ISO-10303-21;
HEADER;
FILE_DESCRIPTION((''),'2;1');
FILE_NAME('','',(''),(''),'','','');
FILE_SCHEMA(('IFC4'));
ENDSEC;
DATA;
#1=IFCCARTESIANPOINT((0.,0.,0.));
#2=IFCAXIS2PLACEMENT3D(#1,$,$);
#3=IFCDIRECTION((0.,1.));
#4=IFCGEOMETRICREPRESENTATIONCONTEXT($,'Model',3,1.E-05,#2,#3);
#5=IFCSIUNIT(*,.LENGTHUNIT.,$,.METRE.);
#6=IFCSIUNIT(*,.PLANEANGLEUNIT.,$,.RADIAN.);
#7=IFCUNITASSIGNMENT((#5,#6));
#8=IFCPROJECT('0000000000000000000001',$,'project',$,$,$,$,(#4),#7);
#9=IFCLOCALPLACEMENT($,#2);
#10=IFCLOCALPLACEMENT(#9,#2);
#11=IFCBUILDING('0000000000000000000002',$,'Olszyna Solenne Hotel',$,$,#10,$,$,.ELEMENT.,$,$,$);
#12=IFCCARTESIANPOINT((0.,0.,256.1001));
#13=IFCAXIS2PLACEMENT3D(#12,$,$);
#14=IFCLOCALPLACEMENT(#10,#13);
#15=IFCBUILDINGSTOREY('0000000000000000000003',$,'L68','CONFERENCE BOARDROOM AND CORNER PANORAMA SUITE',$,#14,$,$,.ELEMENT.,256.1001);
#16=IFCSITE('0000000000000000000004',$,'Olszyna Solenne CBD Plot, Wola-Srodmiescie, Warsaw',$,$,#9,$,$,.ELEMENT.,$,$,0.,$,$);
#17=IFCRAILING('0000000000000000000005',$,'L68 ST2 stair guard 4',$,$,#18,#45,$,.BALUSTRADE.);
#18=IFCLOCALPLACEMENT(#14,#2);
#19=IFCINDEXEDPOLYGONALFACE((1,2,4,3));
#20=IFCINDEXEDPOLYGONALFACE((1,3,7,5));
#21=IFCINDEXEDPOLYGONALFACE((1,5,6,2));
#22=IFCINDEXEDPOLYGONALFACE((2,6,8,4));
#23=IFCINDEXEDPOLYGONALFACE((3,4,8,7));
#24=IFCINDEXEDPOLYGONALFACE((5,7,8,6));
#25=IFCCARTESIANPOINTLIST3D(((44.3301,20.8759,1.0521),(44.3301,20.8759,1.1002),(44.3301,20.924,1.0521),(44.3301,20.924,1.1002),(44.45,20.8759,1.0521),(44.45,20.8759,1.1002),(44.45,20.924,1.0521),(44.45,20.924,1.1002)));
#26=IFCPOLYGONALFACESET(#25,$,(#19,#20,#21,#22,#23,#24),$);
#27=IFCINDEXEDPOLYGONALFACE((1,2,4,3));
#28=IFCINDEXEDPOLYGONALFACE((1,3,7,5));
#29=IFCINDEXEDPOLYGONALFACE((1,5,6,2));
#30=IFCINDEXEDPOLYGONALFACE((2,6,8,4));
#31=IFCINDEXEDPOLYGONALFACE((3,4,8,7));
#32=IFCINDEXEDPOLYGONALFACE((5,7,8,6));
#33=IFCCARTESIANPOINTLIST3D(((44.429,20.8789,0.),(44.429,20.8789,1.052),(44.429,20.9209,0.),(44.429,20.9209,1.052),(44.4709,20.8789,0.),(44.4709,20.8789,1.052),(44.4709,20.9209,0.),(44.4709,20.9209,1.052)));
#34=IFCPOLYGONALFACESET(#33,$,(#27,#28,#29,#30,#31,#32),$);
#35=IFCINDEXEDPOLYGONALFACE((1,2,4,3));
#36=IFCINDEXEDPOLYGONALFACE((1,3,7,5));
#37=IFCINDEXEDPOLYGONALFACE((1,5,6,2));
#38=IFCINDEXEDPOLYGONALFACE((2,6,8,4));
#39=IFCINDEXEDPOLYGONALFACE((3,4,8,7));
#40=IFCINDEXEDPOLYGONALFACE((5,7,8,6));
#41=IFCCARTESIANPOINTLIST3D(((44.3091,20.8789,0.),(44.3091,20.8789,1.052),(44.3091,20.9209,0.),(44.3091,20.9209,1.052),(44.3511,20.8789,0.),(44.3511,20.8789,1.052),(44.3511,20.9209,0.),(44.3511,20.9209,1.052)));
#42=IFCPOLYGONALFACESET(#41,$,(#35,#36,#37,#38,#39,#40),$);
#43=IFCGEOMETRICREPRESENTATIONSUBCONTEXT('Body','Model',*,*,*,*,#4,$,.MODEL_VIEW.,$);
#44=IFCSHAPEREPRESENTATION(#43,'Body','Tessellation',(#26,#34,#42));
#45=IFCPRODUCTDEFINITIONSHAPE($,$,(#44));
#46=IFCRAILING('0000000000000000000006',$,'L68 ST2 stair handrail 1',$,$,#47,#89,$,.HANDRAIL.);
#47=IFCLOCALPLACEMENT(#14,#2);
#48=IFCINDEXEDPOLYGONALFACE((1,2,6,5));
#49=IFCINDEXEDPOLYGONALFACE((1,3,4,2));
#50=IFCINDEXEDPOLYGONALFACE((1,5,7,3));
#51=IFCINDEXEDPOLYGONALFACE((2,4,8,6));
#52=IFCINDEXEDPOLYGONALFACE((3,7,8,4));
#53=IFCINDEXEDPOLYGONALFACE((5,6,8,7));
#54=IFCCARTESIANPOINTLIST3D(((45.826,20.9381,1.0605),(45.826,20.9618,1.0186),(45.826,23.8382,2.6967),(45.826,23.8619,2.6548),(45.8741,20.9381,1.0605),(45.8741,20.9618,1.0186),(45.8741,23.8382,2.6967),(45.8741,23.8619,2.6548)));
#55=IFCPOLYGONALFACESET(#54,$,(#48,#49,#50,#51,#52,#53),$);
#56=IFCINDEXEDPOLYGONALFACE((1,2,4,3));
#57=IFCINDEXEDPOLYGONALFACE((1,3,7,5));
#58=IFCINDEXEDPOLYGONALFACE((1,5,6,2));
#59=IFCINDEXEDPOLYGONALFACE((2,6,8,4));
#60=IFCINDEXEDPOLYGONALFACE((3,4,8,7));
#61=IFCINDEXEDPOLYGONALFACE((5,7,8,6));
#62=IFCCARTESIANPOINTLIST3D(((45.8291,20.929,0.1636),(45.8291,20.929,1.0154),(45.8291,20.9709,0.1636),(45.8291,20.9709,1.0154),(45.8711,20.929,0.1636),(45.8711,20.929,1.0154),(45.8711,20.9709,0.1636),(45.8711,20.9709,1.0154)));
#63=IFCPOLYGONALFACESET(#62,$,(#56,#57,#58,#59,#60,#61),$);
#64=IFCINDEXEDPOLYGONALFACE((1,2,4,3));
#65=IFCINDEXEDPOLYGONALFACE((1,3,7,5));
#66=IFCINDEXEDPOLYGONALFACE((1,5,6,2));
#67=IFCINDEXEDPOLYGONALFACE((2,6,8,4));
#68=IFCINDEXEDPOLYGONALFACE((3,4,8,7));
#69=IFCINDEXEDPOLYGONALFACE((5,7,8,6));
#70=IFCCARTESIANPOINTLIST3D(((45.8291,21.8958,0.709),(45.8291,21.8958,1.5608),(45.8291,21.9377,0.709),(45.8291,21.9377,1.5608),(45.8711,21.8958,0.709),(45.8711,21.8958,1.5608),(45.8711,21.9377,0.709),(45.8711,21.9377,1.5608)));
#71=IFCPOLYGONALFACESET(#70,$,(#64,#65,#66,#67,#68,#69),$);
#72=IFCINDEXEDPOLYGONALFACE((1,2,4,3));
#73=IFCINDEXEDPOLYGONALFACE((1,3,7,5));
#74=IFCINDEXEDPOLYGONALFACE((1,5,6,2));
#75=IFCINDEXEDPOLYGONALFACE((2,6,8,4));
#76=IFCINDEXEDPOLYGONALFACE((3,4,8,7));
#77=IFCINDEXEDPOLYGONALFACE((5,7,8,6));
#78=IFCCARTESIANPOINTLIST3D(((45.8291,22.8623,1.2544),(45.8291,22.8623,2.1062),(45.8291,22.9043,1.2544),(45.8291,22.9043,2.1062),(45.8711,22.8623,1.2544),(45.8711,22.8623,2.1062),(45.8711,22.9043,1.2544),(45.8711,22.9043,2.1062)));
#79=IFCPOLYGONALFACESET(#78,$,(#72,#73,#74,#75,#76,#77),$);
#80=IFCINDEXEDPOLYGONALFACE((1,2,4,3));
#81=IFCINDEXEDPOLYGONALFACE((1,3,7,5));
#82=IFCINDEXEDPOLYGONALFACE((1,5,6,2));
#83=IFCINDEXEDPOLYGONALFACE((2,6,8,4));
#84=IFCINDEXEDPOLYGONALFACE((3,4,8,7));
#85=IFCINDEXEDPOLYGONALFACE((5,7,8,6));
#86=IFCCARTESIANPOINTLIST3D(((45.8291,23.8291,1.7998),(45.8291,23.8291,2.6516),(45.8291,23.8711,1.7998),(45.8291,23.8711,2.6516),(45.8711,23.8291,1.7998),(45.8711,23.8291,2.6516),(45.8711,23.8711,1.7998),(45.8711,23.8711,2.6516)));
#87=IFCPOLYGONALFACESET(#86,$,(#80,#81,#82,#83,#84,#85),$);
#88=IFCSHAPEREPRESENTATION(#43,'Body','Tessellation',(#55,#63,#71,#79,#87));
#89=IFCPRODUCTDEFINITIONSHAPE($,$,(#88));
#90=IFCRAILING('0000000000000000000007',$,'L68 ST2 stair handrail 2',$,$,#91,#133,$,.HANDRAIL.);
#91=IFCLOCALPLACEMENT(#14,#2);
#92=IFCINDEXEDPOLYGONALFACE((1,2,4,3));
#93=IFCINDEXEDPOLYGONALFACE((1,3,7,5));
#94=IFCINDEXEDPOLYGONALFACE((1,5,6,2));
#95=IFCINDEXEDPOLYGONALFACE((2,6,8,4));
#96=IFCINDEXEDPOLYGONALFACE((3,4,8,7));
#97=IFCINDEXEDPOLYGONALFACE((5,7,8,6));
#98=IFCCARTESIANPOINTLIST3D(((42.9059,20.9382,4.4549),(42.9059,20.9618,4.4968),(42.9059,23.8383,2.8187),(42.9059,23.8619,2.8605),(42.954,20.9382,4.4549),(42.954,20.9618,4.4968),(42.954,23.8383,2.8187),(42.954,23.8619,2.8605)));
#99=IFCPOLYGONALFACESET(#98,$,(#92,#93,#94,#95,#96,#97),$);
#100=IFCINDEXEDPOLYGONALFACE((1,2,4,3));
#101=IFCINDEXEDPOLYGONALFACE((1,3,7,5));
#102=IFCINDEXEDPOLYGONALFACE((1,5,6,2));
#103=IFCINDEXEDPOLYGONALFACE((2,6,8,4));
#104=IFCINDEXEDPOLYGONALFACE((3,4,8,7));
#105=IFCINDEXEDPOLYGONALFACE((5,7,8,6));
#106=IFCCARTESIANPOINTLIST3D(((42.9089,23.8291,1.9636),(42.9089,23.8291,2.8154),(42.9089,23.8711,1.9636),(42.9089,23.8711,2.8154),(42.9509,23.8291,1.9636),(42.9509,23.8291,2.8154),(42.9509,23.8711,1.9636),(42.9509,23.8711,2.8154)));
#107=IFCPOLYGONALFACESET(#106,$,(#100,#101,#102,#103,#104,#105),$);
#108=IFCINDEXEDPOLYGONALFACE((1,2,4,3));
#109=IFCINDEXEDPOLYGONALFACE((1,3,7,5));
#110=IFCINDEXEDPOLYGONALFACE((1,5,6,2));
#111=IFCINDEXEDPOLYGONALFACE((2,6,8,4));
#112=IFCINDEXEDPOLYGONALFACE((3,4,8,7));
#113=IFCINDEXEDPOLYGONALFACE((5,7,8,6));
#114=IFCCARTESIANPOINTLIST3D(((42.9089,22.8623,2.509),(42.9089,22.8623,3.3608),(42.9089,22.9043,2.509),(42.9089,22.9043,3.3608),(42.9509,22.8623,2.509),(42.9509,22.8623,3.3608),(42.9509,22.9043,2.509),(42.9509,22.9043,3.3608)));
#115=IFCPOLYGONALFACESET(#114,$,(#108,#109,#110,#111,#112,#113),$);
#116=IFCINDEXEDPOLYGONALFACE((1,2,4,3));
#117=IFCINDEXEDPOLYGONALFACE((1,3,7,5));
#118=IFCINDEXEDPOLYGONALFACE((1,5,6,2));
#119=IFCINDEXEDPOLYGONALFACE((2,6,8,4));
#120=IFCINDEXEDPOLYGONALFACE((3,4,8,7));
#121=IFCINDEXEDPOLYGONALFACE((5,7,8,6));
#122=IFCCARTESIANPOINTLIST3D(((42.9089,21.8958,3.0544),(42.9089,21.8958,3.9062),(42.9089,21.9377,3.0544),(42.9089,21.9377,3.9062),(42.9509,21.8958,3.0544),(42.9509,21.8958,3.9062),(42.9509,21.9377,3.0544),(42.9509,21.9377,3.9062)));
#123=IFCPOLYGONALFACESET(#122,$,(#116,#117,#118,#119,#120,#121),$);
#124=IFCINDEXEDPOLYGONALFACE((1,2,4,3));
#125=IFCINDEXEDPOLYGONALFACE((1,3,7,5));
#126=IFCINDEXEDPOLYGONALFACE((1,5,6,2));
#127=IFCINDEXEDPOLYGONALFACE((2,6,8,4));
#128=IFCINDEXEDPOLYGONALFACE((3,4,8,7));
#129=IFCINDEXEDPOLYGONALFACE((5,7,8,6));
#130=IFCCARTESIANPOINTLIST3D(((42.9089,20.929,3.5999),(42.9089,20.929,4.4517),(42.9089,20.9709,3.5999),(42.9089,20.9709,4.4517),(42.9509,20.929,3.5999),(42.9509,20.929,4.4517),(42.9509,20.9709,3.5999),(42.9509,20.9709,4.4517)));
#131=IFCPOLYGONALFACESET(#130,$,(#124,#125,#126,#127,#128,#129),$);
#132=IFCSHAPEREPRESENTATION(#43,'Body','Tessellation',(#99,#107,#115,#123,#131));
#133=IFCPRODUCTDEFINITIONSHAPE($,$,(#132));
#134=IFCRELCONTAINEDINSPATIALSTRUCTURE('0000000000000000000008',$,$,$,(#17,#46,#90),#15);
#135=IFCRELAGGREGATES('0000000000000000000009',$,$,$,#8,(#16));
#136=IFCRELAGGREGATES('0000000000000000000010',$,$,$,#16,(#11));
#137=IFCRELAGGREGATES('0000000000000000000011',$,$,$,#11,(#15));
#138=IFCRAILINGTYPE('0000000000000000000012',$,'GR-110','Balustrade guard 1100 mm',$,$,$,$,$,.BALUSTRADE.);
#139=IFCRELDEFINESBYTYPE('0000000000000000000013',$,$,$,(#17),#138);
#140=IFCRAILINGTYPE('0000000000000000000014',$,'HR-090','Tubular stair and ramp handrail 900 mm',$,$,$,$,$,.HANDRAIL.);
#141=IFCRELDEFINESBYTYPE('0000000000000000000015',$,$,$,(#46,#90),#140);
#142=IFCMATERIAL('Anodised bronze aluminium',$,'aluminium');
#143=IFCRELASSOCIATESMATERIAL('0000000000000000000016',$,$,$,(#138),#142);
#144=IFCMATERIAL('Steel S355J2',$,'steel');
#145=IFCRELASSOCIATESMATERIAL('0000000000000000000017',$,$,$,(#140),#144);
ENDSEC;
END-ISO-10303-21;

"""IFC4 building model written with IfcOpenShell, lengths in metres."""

from ifc_helpers import new_model, si_unit, direction, frame, origin, origin_2d, place, context, subcontext, project, spatial, rectangle, extrude, material, type_object, element, save


model = new_model("IFC4")

# Units and contexts
model_context = context("Model", 3, precision=1e-05, world=origin(), true_north=direction((0.0, 1.0)))
body_context = subcontext(model_context, "Body", "Model", "MODEL_VIEW")
ifc_project = project(units=[si_unit("LENGTHUNIT", "METRE"), si_unit("PLANEANGLEUNIT", "RADIAN")], contexts=[model_context])

# Site, building, storey
site_placement = place(None, origin())
site = spatial("IfcSite", under=ifc_project, at=site_placement, Name="Olszyna Solenne CBD Plot, Wola-Srodmiescie, Warsaw", CompositionType="ELEMENT", RefElevation=0.0)
building_placement = place(site_placement, origin())
building = spatial("IfcBuilding", under=site, at=building_placement, Name="Olszyna Solenne Hotel", CompositionType="ELEMENT")
storey_placement = place(building_placement, frame((0.0, 0.0, 256.1001)))
storey = spatial("IfcBuildingStorey", under=building, at=storey_placement, Name="L68", Description="CONFERENCE BOARDROOM AND CORNER PANORAMA SUITE", CompositionType="ELEMENT", Elevation=256.1001)

# Shared definitions
ifc_material_1 = material(Name="Steel S355J2", Category="steel")

# Shared definitions
ifc_material_2 = material(Name="Anodised bronze aluminium", Category="aluminium")

# Railings
railing_type_1 = type_object("IfcRailingType", Name="GR-110", Description="Balustrade guard 1100 mm", PredefinedType="BALUSTRADE", material=ifc_material_2)
railing_1_placement = place(storey_placement, frame((44.45, 20.8999, 0.0)))
element("IfcRailing", 1, at=railing_1_placement, inside=storey, type_object=railing_type_1, Name="L68 ST2 stair guard 4", PredefinedType="BALUSTRADE", context=body_context, shape_type="SweptSolid", body=[
    extrude(rectangle(XDim=0.0481, YDim=0.0481, at=origin_2d()), frame((0.0, 0.0, 1.0762), z_axis=(-1.0, 0.0, 0.0), x_axis=(0.0, -1.0, 0.0)), (0.0, 0.0, 1.0), 0.1199),
    extrude(rectangle(XDim=0.042, YDim=0.042, at=origin_2d()), origin(), (0.0, 0.0, 1.0), 1.052),
    extrude(rectangle(XDim=0.042, YDim=0.042, at=origin_2d()), frame((-0.1199, 0.0, 0.0)), (0.0, 0.0, 1.0), 1.052),
])
railing_type_2 = type_object("IfcRailingType", Name="HR-090", Description="Tubular stair and ramp handrail 900 mm", PredefinedType="HANDRAIL", material=ifc_material_1)
railing_2_placement = place(storey_placement, frame((45.8501, 20.95, 0.1636)))
element("IfcRailing", 2, at=railing_2_placement, inside=storey, type_object=railing_type_2, Name="L68 ST2 stair handrail 1", PredefinedType="HANDRAIL", context=body_context, shape_type="SweptSolid", body=[
    extrude(rectangle(XDim=0.0481, YDim=0.0481, at=origin_2d()), frame((0.0, 0.0, 0.876), z_axis=(0.0, 0.870946, 0.491378), x_axis=(-1.0, 0.0, 0.0)), (0.0, 0.0, 1.0), 3.3298),
    extrude(rectangle(XDim=0.042, YDim=0.042, at=origin_2d()), origin(), (0.0, 0.0, 1.0), 0.8518),
    extrude(rectangle(XDim=0.042, YDim=0.042, at=origin_2d()), frame((0.0, 0.9668, 0.5454)), (0.0, 0.0, 1.0), 0.8518),
    extrude(rectangle(XDim=0.042, YDim=0.042, at=origin_2d()), frame((0.0, 1.9333, 1.0908)), (0.0, 0.0, 1.0), 0.8518),
    extrude(rectangle(XDim=0.042, YDim=0.042, at=origin_2d()), frame((0.0, 2.9001, 1.6362)), (0.0, 0.0, 1.0), 0.8518),
])
railing_3_placement = place(storey_placement, frame((42.9299, 23.8501, 1.9636)))
element("IfcRailing", 3, at=railing_3_placement, inside=storey, type_object=railing_type_2, Name="L68 ST2 stair handrail 2", PredefinedType="HANDRAIL", context=body_context, shape_type="SweptSolid", body=[
    extrude(rectangle(XDim=0.0481, YDim=0.0481, at=origin_2d()), frame((0.0, 0.0, 0.876), z_axis=(0.0, -0.870946, 0.491378), x_axis=(1.0, 0.0, 0.0)), (0.0, 0.0, 1.0), 3.3298),
    extrude(rectangle(XDim=0.042, YDim=0.042, at=origin_2d()), origin(), (0.0, 0.0, 1.0), 0.8518),
    extrude(rectangle(XDim=0.042, YDim=0.042, at=origin_2d()), frame((0.0, -0.9668, 0.5454)), (0.0, 0.0, 1.0), 0.8518),
    extrude(rectangle(XDim=0.042, YDim=0.042, at=origin_2d()), frame((0.0, -1.9333, 1.0908)), (0.0, 0.0, 1.0), 0.8518),
    extrude(rectangle(XDim=0.042, YDim=0.042, at=origin_2d()), frame((0.0, -2.9001, 1.6362)), (0.0, 0.0, 1.0), 0.8518),
])

save(model, "model.ifc")
